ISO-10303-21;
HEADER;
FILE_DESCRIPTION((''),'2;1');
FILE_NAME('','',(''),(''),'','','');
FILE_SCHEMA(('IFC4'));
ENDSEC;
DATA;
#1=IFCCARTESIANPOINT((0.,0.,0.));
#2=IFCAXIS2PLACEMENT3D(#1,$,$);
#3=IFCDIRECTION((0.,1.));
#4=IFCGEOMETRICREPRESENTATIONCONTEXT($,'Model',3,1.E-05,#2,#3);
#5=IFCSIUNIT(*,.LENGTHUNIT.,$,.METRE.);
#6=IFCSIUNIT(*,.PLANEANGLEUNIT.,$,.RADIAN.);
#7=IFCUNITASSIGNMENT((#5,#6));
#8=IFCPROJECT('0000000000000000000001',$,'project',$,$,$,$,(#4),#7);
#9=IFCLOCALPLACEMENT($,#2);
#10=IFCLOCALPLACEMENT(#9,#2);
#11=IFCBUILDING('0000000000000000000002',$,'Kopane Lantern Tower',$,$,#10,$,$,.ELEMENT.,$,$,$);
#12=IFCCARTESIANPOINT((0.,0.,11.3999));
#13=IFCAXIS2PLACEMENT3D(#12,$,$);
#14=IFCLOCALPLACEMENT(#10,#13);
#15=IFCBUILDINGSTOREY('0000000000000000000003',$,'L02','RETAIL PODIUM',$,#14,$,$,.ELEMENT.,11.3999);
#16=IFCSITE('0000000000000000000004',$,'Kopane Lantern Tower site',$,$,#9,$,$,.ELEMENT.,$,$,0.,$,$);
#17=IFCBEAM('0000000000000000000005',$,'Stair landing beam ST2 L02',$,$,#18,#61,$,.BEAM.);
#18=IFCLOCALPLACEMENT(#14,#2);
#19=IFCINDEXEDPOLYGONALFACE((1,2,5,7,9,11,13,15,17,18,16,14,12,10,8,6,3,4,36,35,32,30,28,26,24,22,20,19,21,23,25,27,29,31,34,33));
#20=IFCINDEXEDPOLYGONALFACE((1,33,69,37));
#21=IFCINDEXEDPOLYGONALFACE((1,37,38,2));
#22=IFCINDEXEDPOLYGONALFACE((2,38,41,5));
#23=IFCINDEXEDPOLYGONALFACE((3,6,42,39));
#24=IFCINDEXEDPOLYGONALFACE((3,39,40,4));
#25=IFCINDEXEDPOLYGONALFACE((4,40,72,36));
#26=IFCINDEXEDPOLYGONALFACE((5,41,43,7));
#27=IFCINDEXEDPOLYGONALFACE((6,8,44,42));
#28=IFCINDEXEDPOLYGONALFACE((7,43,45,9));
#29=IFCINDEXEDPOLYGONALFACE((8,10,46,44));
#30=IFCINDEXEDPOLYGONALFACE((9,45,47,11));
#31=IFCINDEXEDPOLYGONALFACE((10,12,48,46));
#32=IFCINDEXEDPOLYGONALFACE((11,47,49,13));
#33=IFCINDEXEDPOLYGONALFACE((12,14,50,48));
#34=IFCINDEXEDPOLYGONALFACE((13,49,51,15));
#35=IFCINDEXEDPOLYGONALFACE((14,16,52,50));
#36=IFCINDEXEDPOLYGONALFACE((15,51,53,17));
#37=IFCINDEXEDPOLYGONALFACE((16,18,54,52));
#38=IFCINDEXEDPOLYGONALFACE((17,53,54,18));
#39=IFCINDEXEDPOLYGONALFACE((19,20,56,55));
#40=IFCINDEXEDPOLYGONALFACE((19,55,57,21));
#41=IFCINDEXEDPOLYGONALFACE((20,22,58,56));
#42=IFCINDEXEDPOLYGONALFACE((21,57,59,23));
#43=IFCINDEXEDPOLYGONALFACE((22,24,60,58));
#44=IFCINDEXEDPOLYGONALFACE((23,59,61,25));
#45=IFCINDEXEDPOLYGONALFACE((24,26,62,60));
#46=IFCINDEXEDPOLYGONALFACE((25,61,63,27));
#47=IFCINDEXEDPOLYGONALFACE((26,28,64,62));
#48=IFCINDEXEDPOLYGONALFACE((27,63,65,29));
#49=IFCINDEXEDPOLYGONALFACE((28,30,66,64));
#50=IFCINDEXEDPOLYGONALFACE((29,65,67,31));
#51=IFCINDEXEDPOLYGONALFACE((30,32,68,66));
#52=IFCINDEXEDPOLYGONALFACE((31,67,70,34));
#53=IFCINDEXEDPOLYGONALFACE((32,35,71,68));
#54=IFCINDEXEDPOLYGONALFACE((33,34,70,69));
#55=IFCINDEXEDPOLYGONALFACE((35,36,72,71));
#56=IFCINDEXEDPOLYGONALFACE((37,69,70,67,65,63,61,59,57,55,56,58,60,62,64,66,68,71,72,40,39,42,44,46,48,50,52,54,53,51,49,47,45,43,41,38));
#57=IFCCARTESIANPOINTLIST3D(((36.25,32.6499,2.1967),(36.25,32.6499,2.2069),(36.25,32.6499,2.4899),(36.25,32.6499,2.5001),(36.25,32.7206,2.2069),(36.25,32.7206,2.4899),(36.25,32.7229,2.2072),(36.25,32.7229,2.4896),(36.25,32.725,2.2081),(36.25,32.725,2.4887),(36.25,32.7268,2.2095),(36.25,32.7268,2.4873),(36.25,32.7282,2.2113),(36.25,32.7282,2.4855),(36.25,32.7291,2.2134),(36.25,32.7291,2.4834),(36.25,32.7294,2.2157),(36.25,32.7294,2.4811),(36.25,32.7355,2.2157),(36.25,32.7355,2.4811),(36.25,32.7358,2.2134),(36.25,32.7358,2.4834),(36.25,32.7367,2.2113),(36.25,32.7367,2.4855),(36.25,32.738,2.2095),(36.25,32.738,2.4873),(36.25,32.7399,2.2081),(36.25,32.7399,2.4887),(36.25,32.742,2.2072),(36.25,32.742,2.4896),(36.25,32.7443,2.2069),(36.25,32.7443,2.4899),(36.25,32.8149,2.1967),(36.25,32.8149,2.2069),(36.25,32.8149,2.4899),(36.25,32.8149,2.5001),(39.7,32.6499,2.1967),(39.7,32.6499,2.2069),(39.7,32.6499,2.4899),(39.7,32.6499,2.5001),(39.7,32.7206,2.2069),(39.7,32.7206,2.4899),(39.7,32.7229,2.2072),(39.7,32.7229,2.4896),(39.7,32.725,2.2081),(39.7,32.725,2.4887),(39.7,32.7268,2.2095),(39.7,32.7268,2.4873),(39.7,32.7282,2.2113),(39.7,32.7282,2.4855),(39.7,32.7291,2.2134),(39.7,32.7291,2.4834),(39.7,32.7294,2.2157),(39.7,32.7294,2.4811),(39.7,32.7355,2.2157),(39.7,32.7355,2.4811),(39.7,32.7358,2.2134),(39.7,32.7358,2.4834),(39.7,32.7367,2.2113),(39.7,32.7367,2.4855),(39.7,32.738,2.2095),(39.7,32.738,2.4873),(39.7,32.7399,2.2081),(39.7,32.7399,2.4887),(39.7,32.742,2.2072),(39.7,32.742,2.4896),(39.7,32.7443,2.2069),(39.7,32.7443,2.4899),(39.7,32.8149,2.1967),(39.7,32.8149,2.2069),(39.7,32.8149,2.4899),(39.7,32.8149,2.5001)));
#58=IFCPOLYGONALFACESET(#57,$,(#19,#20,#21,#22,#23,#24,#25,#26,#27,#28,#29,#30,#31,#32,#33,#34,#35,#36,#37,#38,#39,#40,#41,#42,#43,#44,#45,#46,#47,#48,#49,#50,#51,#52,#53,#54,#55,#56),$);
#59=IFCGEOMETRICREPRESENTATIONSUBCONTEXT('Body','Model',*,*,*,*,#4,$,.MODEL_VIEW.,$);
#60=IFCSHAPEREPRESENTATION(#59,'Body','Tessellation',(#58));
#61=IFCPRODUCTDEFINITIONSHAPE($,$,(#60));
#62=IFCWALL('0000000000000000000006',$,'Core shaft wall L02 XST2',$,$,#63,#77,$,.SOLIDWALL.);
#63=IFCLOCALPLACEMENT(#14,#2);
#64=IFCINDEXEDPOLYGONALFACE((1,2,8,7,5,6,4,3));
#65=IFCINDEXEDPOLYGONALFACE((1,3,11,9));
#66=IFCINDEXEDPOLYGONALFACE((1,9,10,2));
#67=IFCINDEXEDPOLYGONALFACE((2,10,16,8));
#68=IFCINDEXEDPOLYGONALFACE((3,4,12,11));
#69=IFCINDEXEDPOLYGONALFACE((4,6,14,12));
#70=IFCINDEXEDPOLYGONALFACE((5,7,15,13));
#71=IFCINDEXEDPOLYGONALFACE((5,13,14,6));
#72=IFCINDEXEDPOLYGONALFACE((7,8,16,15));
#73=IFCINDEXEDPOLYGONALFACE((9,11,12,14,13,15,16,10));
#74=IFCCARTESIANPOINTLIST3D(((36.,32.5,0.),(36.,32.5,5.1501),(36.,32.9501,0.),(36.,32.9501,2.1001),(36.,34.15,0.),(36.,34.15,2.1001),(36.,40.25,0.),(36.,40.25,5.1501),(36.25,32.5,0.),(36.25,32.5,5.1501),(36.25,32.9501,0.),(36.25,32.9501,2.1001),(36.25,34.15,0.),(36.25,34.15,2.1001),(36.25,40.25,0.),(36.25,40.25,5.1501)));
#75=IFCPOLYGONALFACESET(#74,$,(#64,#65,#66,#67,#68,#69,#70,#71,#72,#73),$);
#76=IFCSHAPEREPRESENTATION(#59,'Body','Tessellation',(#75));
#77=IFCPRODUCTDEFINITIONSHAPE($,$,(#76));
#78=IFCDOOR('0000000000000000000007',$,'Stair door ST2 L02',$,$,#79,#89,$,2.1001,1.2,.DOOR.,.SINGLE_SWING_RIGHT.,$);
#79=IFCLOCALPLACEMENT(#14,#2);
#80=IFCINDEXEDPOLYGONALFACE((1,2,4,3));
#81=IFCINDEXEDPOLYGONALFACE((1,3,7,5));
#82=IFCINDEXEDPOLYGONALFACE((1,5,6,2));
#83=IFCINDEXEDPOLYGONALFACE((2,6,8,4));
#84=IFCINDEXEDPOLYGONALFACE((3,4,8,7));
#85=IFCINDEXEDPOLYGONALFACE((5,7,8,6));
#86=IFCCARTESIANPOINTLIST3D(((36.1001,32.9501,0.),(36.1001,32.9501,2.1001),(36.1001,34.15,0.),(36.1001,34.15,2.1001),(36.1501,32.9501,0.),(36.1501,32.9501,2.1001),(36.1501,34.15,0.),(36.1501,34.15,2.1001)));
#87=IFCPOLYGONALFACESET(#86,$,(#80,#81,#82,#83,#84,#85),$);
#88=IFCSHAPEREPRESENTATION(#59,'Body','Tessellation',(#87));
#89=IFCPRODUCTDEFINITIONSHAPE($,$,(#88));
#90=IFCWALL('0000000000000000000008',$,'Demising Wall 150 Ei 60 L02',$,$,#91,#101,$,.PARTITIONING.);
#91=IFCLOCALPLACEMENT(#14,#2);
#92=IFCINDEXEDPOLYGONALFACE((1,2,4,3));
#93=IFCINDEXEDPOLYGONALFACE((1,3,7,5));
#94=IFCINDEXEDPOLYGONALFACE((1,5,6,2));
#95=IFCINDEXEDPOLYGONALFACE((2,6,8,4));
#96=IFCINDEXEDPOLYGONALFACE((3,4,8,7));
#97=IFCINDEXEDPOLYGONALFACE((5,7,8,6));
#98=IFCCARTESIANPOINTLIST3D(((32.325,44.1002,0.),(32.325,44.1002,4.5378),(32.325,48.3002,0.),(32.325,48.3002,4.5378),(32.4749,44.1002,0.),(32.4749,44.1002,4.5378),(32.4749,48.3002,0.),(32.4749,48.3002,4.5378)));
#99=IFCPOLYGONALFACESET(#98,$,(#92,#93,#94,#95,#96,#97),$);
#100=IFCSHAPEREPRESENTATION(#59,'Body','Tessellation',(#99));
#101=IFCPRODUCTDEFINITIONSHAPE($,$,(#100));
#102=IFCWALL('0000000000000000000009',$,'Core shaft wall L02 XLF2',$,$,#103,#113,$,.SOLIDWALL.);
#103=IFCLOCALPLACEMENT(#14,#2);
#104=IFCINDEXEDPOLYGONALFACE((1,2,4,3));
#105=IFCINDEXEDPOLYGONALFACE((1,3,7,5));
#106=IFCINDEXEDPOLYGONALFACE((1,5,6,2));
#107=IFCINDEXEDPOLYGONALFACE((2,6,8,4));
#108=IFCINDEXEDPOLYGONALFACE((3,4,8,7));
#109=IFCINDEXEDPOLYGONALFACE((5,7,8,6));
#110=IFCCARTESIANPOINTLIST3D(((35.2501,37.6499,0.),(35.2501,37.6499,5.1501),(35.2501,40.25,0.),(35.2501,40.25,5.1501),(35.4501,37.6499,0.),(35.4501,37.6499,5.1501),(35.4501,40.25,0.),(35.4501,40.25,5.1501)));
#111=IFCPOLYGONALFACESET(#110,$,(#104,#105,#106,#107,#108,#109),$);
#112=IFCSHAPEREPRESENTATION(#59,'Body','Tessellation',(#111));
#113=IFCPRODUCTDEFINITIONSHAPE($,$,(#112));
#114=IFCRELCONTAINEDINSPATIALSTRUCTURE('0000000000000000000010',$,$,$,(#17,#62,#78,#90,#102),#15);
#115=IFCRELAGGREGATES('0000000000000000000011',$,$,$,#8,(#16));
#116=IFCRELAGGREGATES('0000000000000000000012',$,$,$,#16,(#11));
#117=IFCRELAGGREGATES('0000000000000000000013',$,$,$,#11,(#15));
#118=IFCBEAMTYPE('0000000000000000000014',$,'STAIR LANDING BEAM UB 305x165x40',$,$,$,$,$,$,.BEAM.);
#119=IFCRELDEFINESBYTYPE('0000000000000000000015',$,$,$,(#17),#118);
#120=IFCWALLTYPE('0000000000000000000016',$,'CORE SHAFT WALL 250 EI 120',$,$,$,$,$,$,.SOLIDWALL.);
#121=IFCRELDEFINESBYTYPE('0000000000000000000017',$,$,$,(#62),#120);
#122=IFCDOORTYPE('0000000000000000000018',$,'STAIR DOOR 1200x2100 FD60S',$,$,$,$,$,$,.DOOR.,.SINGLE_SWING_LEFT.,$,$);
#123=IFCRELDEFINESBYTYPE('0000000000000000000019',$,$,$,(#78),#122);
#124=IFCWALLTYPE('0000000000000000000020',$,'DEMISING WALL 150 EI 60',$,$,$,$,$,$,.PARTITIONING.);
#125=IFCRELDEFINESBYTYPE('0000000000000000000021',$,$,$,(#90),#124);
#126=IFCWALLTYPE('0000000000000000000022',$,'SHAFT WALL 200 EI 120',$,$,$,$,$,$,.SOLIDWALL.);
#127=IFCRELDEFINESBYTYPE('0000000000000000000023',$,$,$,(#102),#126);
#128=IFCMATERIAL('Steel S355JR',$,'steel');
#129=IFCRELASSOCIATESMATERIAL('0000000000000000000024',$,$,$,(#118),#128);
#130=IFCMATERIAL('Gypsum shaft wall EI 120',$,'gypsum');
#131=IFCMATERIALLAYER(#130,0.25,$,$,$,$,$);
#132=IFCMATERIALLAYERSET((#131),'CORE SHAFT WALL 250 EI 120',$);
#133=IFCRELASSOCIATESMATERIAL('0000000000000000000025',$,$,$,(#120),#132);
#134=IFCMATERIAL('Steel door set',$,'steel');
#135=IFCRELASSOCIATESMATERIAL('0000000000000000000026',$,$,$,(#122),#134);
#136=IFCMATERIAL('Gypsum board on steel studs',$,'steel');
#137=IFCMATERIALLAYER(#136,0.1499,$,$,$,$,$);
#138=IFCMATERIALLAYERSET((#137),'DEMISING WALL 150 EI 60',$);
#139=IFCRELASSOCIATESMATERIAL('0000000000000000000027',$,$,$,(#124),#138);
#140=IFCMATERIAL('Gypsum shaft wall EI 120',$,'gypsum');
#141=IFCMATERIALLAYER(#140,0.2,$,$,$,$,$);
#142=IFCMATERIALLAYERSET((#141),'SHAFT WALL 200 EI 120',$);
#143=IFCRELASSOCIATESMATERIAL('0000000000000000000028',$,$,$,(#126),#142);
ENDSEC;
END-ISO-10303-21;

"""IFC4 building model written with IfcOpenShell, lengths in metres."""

from ifc_helpers import new_model, si_unit, direction, frame, frame_2d, origin, origin_2d, place, context, subcontext, project, spatial, rectangle, i_section, extrude, material, layer, layer_set, material_profile, profile_set, type_object, element, fill, save


model = new_model("IFC4")

# Units and contexts
model_context = context("Model", 3, precision=1e-05, world=origin(), true_north=direction((0.0, 1.0)))
body_context = subcontext(model_context, "Body", "Model", "MODEL_VIEW")
ifc_project = project(units=[si_unit("LENGTHUNIT", "METRE"), si_unit("PLANEANGLEUNIT", "RADIAN")], contexts=[model_context])

# Site, building, storey
site_placement = place(None, origin())
site = spatial("IfcSite", under=ifc_project, at=site_placement, Name="Kopane Lantern Tower site", CompositionType="ELEMENT", RefElevation=0.0)
building_placement = place(site_placement, origin())
building = spatial("IfcBuilding", under=site, at=building_placement, Name="Kopane Lantern Tower", CompositionType="ELEMENT")
storey_placement = place(building_placement, frame((0.0, 0.0, 11.3999)))
storey = spatial("IfcBuildingStorey", under=building, at=storey_placement, Name="L02", Description="RETAIL PODIUM", CompositionType="ELEMENT", Elevation=11.3999)

# Beam
ifc_material_1 = material(Name="Steel S355JR", Category="steel")
ifc_material_profile_1 = material_profile(ifc_material_1, i_section(OverallWidth=0.165, OverallDepth=0.3035, WebThickness=0.0061, FlangeThickness=0.0103, FilletRadius=0.0088, at=origin_2d()), Name="UB 305x165x40")
ifc_profile_set_1 = profile_set([ifc_material_profile_1], Name="Steel S355JR")
beam_type_1 = type_object("IfcBeamType", Name="STAIR LANDING BEAM UB 305x165x40", PredefinedType="BEAM", material=ifc_profile_set_1)
beam_placement = place(storey_placement, frame((39.7, 32.7324, 2.3484), z_axis=(-1.0, 0.0, 0.0), x_axis=(0.0, -1.0, 0.0)))
element("IfcBeam", 1, at=beam_placement, inside=storey, type_object=beam_type_1, Name="Stair landing beam ST2 L02", PredefinedType="BEAM", context=body_context, shape_type="SweptSolid", body=[
    extrude(i_section(OverallWidth=0.165, OverallDepth=0.3035, WebThickness=0.0061, FlangeThickness=0.0103, FilletRadius=0.0088, at=origin_2d()), origin(), (0.0, 0.0, 1.0), 3.45),
])

# Wall, opening, door
ifc_material_2 = material(Name="Gypsum shaft wall EI 120", Category="gypsum")
ifc_layer_1 = layer(ifc_material_2, 0.25)
ifc_layer_set_1 = layer_set([ifc_layer_1], Name="CORE SHAFT WALL 250 EI 120")
wall_type_1 = type_object("IfcWallType", Name="CORE SHAFT WALL 250 EI 120", PredefinedType="SOLIDWALL", material=ifc_layer_set_1)
wall_1_placement = place(storey_placement, frame((36.125, 32.5, 0.0), z_axis=(0.0, 0.0, 1.0), x_axis=(0.0, 1.0, 0.0)))
wall_1 = element("IfcWall", 2, at=wall_1_placement, inside=storey, type_object=wall_type_1, Name="Core shaft wall L02 XST2", PredefinedType="SOLIDWALL", context=body_context, shape_type="SweptSolid", body=[
    extrude(rectangle(XDim=7.75, YDim=0.25, at=frame_2d((3.875, 0.0))), origin(), (0.0, 0.0, 1.0), 5.1501),
])
opening_1_placement = place(wall_1_placement, frame((0.45, 0.0, 0.0)))
opening_1 = element("IfcOpeningElement", 3, at=opening_1_placement, cuts=wall_1, PredefinedType="OPENING", context=body_context, shape_type="SweptSolid", body=[
    extrude(rectangle(XDim=1.2, YDim=2.1001, at=frame_2d((0.6001, 1.05))), frame((0.0, 0.135, 0.0), z_axis=(0.0, -1.0, 0.0), x_axis=(1.0, 0.0, 0.0)), (0.0, 0.0, 1.0), 0.27),
])
ifc_material_3 = material(Name="Steel door set", Category="steel")
door_type_1 = type_object("IfcDoorType", Name="STAIR DOOR 1200x2100 FD60S", OperationType="SINGLE_SWING_LEFT", PredefinedType="DOOR", material=ifc_material_3)
door_1_placement = place(opening_1_placement, origin())
door_1 = element("IfcDoor", 4, at=door_1_placement, inside=storey, type_object=door_type_1, Name="Stair door ST2 L02", OperationType="SINGLE_SWING_RIGHT", OverallHeight=2.1001, OverallWidth=1.2, PredefinedType="DOOR", context=body_context, shape_type="SweptSolid", body=[
    extrude(rectangle(XDim=1.2, YDim=2.1001, at=frame_2d((0.6001, 1.05))), frame((0.0, 0.0249, 0.0), z_axis=(0.0, -1.0, 0.0), x_axis=(1.0, 0.0, 0.0)), (0.0, 0.0, 1.0), 0.05),
])
fill(opening_1, door_1)

# Walls
ifc_material_4 = material(Name="Gypsum board on steel studs", Category="steel")
ifc_layer_2 = layer(ifc_material_4, 0.1499)
ifc_layer_set_2 = layer_set([ifc_layer_2], Name="DEMISING WALL 150 EI 60")
wall_type_2 = type_object("IfcWallType", Name="DEMISING WALL 150 EI 60", PredefinedType="PARTITIONING", material=ifc_layer_set_2)
wall_2_placement = place(storey_placement, frame((32.3999, 44.1001, 0.0), z_axis=(0.0, 0.0, 1.0), x_axis=(0.0, 1.0, 0.0)))
element("IfcWall", 5, at=wall_2_placement, inside=storey, type_object=wall_type_2, Name="Demising Wall 150 Ei 60 L02", PredefinedType="PARTITIONING", context=body_context, shape_type="SweptSolid", body=[
    extrude(rectangle(XDim=4.2, YDim=0.1499, at=frame_2d((2.1001, 0.0))), origin(), (0.0, 0.0, 1.0), 4.5378),
])
ifc_material_5 = material(Name="Gypsum shaft wall EI 120", Category="gypsum")
ifc_layer_3 = layer(ifc_material_5, 0.2)
ifc_layer_set_3 = layer_set([ifc_layer_3], Name="SHAFT WALL 200 EI 120")
wall_type_3 = type_object("IfcWallType", Name="SHAFT WALL 200 EI 120", PredefinedType="SOLIDWALL", material=ifc_layer_set_3)
wall_3_placement = place(storey_placement, frame((35.3501, 37.6499, 0.0), z_axis=(0.0, 0.0, 1.0), x_axis=(0.0, 1.0, 0.0)))
element("IfcWall", 6, at=wall_3_placement, inside=storey, type_object=wall_type_3, Name="Core shaft wall L02 XLF2", PredefinedType="SOLIDWALL", context=body_context, shape_type="SweptSolid", body=[
    extrude(rectangle(XDim=2.6001, YDim=0.2, at=frame_2d((1.3, 0.0))), origin(), (0.0, 0.0, 1.0), 5.1501),
])

save(model, "model.ifc")
